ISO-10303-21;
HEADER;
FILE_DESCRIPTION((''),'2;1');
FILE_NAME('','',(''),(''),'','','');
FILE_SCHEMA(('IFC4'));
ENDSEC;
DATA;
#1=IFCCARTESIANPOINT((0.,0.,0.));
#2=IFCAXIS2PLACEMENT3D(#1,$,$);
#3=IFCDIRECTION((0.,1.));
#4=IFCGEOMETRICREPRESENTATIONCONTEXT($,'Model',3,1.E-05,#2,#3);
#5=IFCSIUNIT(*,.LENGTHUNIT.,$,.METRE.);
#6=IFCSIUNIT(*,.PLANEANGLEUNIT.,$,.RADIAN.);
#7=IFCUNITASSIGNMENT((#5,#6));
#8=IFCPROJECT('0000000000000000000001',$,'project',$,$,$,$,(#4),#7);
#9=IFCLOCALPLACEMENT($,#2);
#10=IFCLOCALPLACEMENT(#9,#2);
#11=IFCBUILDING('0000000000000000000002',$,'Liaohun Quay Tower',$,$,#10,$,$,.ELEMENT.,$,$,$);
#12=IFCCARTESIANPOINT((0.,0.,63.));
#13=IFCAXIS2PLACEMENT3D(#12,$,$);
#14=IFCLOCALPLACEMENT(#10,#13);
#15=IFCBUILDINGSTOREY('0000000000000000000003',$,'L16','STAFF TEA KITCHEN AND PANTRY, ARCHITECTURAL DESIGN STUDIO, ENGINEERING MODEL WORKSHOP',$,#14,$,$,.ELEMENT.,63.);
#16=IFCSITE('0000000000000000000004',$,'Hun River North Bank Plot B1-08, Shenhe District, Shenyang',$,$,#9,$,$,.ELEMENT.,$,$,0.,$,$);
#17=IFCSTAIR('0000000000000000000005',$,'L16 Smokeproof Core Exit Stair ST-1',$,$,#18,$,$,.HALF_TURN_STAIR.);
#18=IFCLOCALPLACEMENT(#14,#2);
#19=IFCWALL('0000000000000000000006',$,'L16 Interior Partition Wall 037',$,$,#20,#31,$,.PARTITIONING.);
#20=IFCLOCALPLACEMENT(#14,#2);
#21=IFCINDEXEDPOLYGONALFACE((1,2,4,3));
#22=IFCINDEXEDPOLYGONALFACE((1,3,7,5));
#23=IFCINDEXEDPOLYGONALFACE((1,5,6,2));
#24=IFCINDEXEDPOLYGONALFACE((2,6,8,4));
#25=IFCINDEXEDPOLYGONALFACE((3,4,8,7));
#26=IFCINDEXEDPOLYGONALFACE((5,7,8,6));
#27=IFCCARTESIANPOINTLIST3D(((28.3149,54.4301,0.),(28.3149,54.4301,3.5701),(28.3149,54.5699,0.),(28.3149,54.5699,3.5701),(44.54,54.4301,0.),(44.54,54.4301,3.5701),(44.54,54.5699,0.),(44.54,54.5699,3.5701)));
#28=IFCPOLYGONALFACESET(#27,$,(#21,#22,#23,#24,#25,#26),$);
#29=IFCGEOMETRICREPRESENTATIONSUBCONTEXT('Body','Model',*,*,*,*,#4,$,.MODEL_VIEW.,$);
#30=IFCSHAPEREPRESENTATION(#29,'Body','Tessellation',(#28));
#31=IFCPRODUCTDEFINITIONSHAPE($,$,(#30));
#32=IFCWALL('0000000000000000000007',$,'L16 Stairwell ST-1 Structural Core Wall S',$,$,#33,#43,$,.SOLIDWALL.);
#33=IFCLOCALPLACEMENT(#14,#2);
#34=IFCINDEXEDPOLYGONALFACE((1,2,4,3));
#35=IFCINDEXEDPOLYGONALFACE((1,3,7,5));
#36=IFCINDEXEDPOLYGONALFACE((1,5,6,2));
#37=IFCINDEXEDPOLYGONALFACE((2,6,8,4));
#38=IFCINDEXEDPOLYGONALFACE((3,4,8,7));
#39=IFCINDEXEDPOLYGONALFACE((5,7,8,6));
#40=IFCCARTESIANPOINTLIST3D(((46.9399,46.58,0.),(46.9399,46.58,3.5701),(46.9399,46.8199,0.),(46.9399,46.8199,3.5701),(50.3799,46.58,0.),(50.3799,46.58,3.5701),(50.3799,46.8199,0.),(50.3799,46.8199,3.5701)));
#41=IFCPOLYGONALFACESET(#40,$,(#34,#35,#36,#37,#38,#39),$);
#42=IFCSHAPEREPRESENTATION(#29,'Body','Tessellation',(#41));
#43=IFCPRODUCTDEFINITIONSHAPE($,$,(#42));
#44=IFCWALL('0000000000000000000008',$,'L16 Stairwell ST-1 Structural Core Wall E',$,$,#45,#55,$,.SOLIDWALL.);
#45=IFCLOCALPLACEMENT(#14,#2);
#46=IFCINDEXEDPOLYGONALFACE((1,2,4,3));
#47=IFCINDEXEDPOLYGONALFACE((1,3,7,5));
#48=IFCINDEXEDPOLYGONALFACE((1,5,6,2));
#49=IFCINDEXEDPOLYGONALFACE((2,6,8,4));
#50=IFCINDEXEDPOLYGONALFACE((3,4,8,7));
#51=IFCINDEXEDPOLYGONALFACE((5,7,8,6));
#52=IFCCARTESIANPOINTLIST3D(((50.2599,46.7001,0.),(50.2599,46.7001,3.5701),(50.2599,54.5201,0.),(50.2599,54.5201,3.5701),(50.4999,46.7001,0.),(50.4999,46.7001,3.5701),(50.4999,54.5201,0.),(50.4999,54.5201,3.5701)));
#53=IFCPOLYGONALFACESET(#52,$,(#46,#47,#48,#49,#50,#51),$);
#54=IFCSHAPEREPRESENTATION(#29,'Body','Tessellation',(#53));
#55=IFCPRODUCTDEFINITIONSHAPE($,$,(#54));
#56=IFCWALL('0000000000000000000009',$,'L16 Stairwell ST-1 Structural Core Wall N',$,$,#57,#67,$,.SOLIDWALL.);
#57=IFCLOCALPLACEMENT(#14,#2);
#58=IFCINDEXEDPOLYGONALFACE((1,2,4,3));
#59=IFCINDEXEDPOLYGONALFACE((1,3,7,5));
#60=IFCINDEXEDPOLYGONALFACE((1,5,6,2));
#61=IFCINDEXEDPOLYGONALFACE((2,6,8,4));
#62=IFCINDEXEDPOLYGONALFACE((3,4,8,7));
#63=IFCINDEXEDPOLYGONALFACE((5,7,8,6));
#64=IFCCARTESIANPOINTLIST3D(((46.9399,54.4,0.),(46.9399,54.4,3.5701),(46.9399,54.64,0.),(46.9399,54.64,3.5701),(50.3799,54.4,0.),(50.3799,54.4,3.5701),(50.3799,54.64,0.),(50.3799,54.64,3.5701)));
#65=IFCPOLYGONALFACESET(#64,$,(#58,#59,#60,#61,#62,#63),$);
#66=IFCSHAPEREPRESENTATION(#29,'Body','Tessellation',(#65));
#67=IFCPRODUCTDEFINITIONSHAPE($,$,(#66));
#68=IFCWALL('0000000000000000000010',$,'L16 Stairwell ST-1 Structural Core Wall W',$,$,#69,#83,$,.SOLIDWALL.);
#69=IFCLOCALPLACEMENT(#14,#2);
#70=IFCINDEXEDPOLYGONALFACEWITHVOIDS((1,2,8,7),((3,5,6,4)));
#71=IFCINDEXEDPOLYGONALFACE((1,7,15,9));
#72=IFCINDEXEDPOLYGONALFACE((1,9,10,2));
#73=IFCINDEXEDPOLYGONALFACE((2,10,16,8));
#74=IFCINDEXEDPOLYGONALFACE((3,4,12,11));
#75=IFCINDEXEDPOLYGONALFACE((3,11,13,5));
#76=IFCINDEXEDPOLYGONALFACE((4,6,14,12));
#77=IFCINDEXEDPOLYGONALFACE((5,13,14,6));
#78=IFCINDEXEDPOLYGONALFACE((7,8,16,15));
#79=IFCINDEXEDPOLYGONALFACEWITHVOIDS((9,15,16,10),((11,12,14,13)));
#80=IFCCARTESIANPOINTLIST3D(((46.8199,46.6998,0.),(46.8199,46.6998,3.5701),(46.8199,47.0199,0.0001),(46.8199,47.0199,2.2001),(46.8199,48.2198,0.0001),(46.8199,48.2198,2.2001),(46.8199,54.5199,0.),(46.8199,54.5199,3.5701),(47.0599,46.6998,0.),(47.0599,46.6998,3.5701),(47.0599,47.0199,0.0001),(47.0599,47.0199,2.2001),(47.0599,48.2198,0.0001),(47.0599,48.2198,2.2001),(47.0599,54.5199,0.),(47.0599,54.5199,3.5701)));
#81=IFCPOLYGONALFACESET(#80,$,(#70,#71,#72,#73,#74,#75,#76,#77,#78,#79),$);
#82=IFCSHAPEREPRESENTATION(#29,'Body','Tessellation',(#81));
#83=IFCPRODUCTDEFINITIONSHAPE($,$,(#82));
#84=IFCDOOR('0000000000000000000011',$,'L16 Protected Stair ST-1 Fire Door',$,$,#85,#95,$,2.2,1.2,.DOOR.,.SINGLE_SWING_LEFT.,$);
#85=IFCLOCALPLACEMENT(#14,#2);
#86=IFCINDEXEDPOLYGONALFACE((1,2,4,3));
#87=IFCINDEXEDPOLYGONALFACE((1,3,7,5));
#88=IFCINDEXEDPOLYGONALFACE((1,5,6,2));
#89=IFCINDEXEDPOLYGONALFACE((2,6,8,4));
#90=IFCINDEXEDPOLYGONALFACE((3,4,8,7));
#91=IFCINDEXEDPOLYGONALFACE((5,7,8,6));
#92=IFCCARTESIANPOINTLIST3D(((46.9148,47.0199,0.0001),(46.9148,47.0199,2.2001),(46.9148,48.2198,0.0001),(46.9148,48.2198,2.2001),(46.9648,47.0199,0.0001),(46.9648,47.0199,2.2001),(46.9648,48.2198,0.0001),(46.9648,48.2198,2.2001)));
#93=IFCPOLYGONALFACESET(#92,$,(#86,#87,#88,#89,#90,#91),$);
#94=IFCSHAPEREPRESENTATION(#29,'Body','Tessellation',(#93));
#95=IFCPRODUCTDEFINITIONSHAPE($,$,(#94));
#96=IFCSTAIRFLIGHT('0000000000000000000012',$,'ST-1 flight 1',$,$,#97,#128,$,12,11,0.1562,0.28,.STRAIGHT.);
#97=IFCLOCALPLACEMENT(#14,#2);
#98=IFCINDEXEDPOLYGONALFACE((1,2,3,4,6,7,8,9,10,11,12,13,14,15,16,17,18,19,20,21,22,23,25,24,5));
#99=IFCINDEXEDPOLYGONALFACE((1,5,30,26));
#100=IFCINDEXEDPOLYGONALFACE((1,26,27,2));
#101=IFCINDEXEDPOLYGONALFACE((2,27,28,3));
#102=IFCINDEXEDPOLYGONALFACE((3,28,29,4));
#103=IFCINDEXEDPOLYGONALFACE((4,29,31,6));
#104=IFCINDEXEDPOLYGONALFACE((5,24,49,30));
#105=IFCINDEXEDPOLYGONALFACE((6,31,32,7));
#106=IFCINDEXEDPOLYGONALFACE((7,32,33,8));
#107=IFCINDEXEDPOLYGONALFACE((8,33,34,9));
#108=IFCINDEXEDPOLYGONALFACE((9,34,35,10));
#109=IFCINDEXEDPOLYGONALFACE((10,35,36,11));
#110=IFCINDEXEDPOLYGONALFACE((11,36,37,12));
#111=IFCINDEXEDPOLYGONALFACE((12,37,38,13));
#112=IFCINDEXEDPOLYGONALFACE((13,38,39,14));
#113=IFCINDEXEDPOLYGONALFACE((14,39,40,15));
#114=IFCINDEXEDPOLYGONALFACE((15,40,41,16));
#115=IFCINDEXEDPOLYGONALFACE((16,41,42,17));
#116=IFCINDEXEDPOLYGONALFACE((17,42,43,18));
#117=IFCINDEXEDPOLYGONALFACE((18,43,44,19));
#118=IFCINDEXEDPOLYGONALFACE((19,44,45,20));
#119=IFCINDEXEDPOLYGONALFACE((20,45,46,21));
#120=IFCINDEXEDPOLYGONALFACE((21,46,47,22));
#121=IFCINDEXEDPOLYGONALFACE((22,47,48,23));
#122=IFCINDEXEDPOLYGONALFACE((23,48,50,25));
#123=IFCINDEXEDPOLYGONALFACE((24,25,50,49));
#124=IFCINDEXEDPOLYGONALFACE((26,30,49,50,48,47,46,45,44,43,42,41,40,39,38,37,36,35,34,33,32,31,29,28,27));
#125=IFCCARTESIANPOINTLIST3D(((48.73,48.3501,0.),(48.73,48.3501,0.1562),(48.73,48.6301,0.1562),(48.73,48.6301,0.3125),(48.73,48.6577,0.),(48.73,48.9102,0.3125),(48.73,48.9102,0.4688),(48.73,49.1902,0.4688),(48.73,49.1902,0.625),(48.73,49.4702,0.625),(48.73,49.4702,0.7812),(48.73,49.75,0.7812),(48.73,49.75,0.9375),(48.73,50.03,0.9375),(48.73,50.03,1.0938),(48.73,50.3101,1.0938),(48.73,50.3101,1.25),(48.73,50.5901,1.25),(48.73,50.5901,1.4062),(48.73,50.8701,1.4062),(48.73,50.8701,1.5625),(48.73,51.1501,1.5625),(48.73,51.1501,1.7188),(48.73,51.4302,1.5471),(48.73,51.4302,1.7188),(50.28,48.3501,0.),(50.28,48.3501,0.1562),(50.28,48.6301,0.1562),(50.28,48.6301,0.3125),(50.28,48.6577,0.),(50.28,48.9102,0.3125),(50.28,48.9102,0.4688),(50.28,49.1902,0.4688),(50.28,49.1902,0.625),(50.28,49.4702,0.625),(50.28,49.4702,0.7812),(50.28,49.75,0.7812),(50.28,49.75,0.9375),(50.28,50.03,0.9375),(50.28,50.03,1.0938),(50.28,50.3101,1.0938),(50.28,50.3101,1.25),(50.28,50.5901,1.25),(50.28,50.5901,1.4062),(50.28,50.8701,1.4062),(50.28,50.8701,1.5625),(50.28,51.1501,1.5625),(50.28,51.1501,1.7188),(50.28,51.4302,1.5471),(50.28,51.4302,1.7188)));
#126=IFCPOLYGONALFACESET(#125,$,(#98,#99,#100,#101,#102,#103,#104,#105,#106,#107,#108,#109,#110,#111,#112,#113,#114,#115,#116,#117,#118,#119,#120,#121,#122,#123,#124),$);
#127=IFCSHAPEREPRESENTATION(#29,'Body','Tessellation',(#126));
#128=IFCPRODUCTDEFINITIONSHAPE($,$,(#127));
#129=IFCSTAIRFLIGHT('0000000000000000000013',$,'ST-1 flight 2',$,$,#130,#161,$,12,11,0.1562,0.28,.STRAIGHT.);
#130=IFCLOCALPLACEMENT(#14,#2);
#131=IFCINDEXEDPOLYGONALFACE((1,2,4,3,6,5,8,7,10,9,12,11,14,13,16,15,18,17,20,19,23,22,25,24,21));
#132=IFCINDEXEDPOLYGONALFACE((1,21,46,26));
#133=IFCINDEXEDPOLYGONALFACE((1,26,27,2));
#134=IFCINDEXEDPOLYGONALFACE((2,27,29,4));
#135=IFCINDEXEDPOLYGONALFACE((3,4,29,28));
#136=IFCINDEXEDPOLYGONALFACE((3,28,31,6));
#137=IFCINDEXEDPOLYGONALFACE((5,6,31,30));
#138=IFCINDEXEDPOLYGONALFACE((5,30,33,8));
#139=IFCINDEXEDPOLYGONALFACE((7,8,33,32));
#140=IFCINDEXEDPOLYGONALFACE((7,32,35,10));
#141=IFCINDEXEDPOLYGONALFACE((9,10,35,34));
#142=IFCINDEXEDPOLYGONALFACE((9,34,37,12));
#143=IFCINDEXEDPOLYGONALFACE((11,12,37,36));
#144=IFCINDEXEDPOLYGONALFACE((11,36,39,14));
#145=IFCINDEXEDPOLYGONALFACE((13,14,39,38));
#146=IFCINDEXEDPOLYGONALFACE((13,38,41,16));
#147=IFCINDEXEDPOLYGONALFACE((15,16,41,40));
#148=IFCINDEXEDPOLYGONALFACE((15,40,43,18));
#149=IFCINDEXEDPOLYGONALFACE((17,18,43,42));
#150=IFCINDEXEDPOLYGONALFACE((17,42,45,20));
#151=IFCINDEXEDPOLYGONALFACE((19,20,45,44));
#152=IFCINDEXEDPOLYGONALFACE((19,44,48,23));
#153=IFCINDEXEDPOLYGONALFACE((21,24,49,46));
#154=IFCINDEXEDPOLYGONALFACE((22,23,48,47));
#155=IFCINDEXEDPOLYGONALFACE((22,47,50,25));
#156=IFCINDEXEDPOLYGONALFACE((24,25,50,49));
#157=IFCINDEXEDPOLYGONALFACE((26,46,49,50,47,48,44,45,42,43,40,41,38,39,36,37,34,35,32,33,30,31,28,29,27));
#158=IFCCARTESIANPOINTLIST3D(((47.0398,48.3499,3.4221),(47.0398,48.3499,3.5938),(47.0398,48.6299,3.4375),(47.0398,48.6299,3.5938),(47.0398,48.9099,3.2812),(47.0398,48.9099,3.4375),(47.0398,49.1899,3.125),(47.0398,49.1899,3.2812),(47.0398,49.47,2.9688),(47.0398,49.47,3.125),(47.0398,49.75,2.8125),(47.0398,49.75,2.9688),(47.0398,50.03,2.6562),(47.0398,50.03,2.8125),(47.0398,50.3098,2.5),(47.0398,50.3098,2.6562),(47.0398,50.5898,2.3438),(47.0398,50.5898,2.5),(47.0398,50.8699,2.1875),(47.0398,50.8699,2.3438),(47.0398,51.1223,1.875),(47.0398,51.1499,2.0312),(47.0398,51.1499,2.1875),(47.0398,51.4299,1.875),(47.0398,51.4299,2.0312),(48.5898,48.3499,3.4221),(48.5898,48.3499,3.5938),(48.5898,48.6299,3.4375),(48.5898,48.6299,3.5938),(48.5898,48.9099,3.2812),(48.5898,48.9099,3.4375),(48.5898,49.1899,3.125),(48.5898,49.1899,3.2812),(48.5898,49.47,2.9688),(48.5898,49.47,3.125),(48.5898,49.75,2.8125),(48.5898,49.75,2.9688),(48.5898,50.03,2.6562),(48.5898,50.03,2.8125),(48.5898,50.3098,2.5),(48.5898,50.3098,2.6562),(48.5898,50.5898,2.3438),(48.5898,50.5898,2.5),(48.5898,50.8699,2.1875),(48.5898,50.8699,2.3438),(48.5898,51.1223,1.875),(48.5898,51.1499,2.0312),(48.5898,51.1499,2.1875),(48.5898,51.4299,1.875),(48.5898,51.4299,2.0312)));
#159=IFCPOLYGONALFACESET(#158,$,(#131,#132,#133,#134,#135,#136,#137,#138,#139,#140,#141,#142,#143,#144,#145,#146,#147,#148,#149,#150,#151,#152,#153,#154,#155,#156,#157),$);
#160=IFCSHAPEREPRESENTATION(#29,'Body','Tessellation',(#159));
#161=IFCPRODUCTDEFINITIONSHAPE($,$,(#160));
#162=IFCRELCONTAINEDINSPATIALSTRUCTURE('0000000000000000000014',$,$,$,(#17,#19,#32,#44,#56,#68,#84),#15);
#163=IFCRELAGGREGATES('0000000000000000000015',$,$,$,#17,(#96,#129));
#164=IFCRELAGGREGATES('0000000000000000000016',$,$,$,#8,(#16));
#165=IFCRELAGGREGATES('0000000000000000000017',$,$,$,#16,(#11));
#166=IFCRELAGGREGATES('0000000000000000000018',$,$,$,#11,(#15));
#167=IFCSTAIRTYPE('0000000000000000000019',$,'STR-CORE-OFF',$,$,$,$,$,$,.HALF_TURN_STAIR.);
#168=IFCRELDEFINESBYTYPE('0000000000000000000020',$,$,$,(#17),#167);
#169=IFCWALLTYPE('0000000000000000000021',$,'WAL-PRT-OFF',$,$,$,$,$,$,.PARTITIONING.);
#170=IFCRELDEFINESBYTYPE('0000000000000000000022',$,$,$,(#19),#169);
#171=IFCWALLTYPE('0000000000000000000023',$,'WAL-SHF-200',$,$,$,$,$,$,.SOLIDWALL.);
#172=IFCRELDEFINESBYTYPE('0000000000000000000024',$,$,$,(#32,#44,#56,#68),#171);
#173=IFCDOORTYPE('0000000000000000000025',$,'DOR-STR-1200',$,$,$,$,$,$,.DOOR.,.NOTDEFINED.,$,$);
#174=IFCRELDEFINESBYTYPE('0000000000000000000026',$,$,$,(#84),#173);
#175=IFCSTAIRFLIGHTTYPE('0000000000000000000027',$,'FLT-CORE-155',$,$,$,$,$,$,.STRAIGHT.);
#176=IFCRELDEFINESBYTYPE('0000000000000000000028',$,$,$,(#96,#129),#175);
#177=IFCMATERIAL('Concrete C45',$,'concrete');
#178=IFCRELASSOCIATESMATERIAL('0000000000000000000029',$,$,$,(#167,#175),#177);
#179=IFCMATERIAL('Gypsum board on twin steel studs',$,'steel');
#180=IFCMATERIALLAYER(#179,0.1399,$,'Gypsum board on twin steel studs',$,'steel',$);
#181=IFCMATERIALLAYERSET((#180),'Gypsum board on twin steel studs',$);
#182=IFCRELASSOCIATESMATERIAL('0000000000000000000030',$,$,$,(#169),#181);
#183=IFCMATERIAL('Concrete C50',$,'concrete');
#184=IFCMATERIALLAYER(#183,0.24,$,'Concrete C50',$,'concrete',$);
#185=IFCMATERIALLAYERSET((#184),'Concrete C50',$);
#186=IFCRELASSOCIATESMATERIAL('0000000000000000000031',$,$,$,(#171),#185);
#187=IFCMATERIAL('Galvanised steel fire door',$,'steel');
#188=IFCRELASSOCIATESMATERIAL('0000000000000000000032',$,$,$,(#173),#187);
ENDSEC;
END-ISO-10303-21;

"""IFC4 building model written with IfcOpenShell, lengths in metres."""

from ifc_helpers import new_model, si_unit, direction, frame, frame_2d, origin, place, context, subcontext, project, spatial, polyline, rectangle, outline, extrude, source, transform, mapped, material, layer, layer_set, type_object, element, fill, aggregate, save


model = new_model("IFC4")

# Units and contexts
model_context = context("Model", 3, precision=1e-05, world=origin(), true_north=direction((0.0, 1.0)))
body_context = subcontext(model_context, "Body", "Model", "MODEL_VIEW")
ifc_project = project(units=[si_unit("LENGTHUNIT", "METRE"), si_unit("PLANEANGLEUNIT", "RADIAN")], contexts=[model_context])

# Site, building, storey
site_placement = place(None, origin())
site = spatial("IfcSite", under=ifc_project, at=site_placement, Name="Hun River North Bank Plot B1-08, Shenhe District, Shenyang", CompositionType="ELEMENT", RefElevation=0.0)
building_placement = place(site_placement, origin())
building = spatial("IfcBuilding", under=site, at=building_placement, Name="Liaohun Quay Tower", CompositionType="ELEMENT")
storey_placement = place(building_placement, frame((0.0, 0.0, 63.0)))
storey = spatial("IfcBuildingStorey", under=building, at=storey_placement, Name="L16", Description="STAFF TEA KITCHEN AND PANTRY, ARCHITECTURAL DESIGN STUDIO, ENGINEERING MODEL WORKSHOP", CompositionType="ELEMENT", Elevation=63.0)

# Stair
ifc_material_1 = material(Name="Concrete C45", Category="concrete")
stair_type = type_object("IfcStairType", Name="STR-CORE-OFF", PredefinedType="HALF_TURN_STAIR", material=ifc_material_1)
stair_1_placement = place(storey_placement, origin())
stair_1 = element("IfcStair", 1, at=stair_1_placement, inside=storey, type_object=stair_type, Name="L16 Smokeproof Core Exit Stair ST-1", PredefinedType="HALF_TURN_STAIR")

# Walls
ifc_material_2 = material(Name="Gypsum board on twin steel studs", Category="steel")
ifc_layer_1 = layer(ifc_material_2, 0.1399, Name="Gypsum board on twin steel studs", Category="steel")
ifc_layer_set_1 = layer_set([ifc_layer_1], Name="Gypsum board on twin steel studs")
wall_type_1 = type_object("IfcWallType", Name="WAL-PRT-OFF", PredefinedType="PARTITIONING", material=ifc_layer_set_1)
wall_1_placement = place(storey_placement, frame((44.54, 54.5, 0.0), z_axis=(0.0, 0.0, 1.0), x_axis=(-1.0, 0.0, 0.0)))
element("IfcWall", 2, at=wall_1_placement, inside=storey, type_object=wall_type_1, Name="L16 Interior Partition Wall 037", PredefinedType="PARTITIONING", context=body_context, shape_type="SweptSolid", body=[
    extrude(rectangle(XDim=16.2251, YDim=0.1399, at=frame_2d((8.1125, 0.0))), origin(), (0.0, 0.0, 1.0), 3.5701),
])
ifc_material_3 = material(Name="Concrete C50", Category="concrete")
ifc_layer_2 = layer(ifc_material_3, 0.24, Name="Concrete C50", Category="concrete")
ifc_layer_set_2 = layer_set([ifc_layer_2], Name="Concrete C50")
wall_type_2 = type_object("IfcWallType", Name="WAL-SHF-200", PredefinedType="SOLIDWALL", material=ifc_layer_set_2)
wall_2_placement = place(storey_placement, frame((46.9399, 46.7, 0.0), z_axis=(0.0, 0.0, 1.0), x_axis=(1.0, 0.0, 0.0)))
element("IfcWall", 3, at=wall_2_placement, inside=storey, type_object=wall_type_2, Name="L16 Stairwell ST-1 Structural Core Wall S", PredefinedType="SOLIDWALL", context=body_context, shape_type="SweptSolid", body=[
    extrude(rectangle(XDim=3.4399, YDim=0.24, at=frame_2d((1.72, 0.0))), origin(), (0.0, 0.0, 1.0), 3.5701),
])
wall_3_placement = place(storey_placement, frame((50.3799, 46.7, 0.0), z_axis=(0.0, 0.0, 1.0), x_axis=(0.0, 1.0, 0.0)))
element("IfcWall", 4, at=wall_3_placement, inside=storey, type_object=wall_type_2, Name="L16 Stairwell ST-1 Structural Core Wall E", PredefinedType="SOLIDWALL", context=body_context, shape_type="SweptSolid", body=[
    extrude(rectangle(XDim=7.8201, YDim=0.24, at=frame_2d((3.9102, 0.0))), origin(), (0.0, 0.0, 1.0), 3.5701),
])
wall_4_placement = place(storey_placement, frame((50.3799, 54.52, 0.0), z_axis=(0.0, 0.0, 1.0), x_axis=(-1.0, 0.0, 0.0)))
element("IfcWall", 5, at=wall_4_placement, inside=storey, type_object=wall_type_2, Name="L16 Stairwell ST-1 Structural Core Wall N", PredefinedType="SOLIDWALL", context=body_context, shape_type="SweptSolid", body=[
    extrude(rectangle(XDim=3.4399, YDim=0.24, at=frame_2d((1.72, 0.0))), origin(), (0.0, 0.0, 1.0), 3.5701),
])

# Wall, opening, door
wall_5_placement = place(storey_placement, frame((46.9399, 54.52, 0.0), z_axis=(0.0, 0.0, 1.0), x_axis=(0.0, -1.0, 0.0)))
wall_5 = element("IfcWall", 6, at=wall_5_placement, inside=storey, type_object=wall_type_2, Name="L16 Stairwell ST-1 Structural Core Wall W", PredefinedType="SOLIDWALL", context=body_context, shape_type="SweptSolid", body=[
    extrude(rectangle(XDim=7.8201, YDim=0.24, at=frame_2d((3.9102, 0.0))), origin(), (0.0, 0.0, 1.0), 3.5701),
])
shared_shape_1 = source(origin(), body_context, "Body", "SweptSolid", [
    extrude(rectangle(XDim=1.2, YDim=2.2, at=frame_2d((0.6001, 1.1001))), frame((0.0, 0.1299, 0.0), z_axis=(0.0, -1.0, 0.0), x_axis=(1.0, 0.0, 0.0)), (0.0, 0.0, 1.0), 0.26),
])
opening_1_placement = place(wall_5_placement, frame((6.3, 0.0, 0.0)))
opening_1 = element("IfcOpeningElement", 7, at=opening_1_placement, cuts=wall_5, PredefinedType="OPENING", context=body_context, shape_type="MappedRepresentation", body=[
    mapped(shared_shape_1, transform((0.0, 0.0, 0.0), x_axis=(1.0, 0.0, 0.0), y_axis=(0.0, 1.0, 0.0), z_axis=(0.0, 0.0, 1.0), scale=1.0)),
])
ifc_material_4 = material(Name="Galvanised steel fire door", Category="steel")
door_type_1 = type_object("IfcDoorType", Name="DOR-STR-1200", OperationType="NOTDEFINED", PredefinedType="DOOR", material=ifc_material_4)
shared_shape_2 = source(origin(), body_context, "Body", "SweptSolid", [
    extrude(rectangle(XDim=1.2, YDim=2.2, at=frame_2d((0.6001, 1.1001))), frame((0.0, 0.0249, 0.0), z_axis=(0.0, -1.0, 0.0), x_axis=(1.0, 0.0, 0.0)), (0.0, 0.0, 1.0), 0.05),
])
door_1_placement = place(opening_1_placement, origin())
door_1 = element("IfcDoor", 8, at=door_1_placement, inside=storey, type_object=door_type_1, Name="L16 Protected Stair ST-1 Fire Door", OperationType="SINGLE_SWING_LEFT", OverallHeight=2.2, OverallWidth=1.2, PredefinedType="DOOR", context=body_context, shape_type="MappedRepresentation", body=[
    mapped(shared_shape_2, transform((0.0, 0.0, 0.0), x_axis=(1.0, 0.0, 0.0), y_axis=(0.0, 1.0, 0.0), z_axis=(0.0, 0.0, 1.0), scale=1.0)),
])
fill(opening_1, door_1)

# Stair flights
stair_flight_type = type_object("IfcStairFlightType", Name="FLT-CORE-155", PredefinedType="STRAIGHT", material=ifc_material_1)
stair_flight_1_placement = place(storey_placement, frame((49.5049, 48.3501, 0.0), z_axis=(0.0, 0.0, 1.0), x_axis=(0.0, 1.0, 0.0)))
stair_flight_1 = element("IfcStairFlight", 9, at=stair_flight_1_placement, type_object=stair_flight_type, Name="ST-1 flight 1", NumberOfRisers=12, NumberOfTreads=11, PredefinedType="STRAIGHT", RiserHeight=0.1562, TreadLength=0.28, context=body_context, shape_type="SweptSolid", body=[
    extrude(outline(polyline([(0.0, 0.0), (0.0, 0.1562), (0.28, 0.1562), (0.28, 0.3125), (0.5601, 0.3125), (0.5601, 0.4688), (0.8401, 0.4688), (0.8401, 0.625), (1.1201, 0.625), (1.1201, 0.7812), (1.3999, 0.7812), (1.3999, 0.9375), (1.6799, 0.9375), (1.6799, 1.0938), (1.96, 1.0938), (1.96, 1.25), (2.24, 1.25), (2.24, 1.4062), (2.52, 1.4062), (2.52, 1.5625), (2.8, 1.5625), (2.8, 1.7188), (3.0801, 1.7188), (3.0801, 1.875), (3.0801, 1.5471), (0.3076, 0.0), (0.0, 0.0)])), frame((0.0, 0.7749, 0.0), z_axis=(0.0, -1.0, 0.0), x_axis=(1.0, 0.0, 0.0)), (0.0, 0.0, 1.0), 1.55),
])
stair_flight_2_placement = place(storey_placement, frame((47.8149, 51.4299, 1.875), z_axis=(0.0, 0.0, 1.0), x_axis=(0.0, -1.0, 0.0)))
stair_flight_2 = element("IfcStairFlight", 10, at=stair_flight_2_placement, type_object=stair_flight_type, Name="ST-1 flight 2", NumberOfRisers=12, NumberOfTreads=11, PredefinedType="STRAIGHT", RiserHeight=0.1562, TreadLength=0.28, context=body_context, shape_type="SweptSolid", body=[
    extrude(outline(polyline([(0.0, 0.0), (0.0, 0.1562), (0.28, 0.1562), (0.28, 0.3125), (0.5601, 0.3125), (0.5601, 0.4688), (0.8401, 0.4688), (0.8401, 0.625), (1.1201, 0.625), (1.1201, 0.7812), (1.3999, 0.7812), (1.3999, 0.9375), (1.6799, 0.9375), (1.6799, 1.0938), (1.96, 1.0938), (1.96, 1.25), (2.24, 1.25), (2.24, 1.4062), (2.52, 1.4062), (2.52, 1.5625), (2.8, 1.5625), (2.8, 1.7188), (3.0801, 1.7188), (3.0801, 1.875), (3.0801, 1.5471), (0.3076, 0.0), (0.0, 0.0)])), frame((0.0, 0.7749, 0.0), z_axis=(0.0, -1.0, 0.0), x_axis=(1.0, 0.0, 0.0)), (0.0, 0.0, 1.0), 1.55),
])
aggregate(stair_1, [stair_flight_1, stair_flight_2])

save(model, "model.ifc")
